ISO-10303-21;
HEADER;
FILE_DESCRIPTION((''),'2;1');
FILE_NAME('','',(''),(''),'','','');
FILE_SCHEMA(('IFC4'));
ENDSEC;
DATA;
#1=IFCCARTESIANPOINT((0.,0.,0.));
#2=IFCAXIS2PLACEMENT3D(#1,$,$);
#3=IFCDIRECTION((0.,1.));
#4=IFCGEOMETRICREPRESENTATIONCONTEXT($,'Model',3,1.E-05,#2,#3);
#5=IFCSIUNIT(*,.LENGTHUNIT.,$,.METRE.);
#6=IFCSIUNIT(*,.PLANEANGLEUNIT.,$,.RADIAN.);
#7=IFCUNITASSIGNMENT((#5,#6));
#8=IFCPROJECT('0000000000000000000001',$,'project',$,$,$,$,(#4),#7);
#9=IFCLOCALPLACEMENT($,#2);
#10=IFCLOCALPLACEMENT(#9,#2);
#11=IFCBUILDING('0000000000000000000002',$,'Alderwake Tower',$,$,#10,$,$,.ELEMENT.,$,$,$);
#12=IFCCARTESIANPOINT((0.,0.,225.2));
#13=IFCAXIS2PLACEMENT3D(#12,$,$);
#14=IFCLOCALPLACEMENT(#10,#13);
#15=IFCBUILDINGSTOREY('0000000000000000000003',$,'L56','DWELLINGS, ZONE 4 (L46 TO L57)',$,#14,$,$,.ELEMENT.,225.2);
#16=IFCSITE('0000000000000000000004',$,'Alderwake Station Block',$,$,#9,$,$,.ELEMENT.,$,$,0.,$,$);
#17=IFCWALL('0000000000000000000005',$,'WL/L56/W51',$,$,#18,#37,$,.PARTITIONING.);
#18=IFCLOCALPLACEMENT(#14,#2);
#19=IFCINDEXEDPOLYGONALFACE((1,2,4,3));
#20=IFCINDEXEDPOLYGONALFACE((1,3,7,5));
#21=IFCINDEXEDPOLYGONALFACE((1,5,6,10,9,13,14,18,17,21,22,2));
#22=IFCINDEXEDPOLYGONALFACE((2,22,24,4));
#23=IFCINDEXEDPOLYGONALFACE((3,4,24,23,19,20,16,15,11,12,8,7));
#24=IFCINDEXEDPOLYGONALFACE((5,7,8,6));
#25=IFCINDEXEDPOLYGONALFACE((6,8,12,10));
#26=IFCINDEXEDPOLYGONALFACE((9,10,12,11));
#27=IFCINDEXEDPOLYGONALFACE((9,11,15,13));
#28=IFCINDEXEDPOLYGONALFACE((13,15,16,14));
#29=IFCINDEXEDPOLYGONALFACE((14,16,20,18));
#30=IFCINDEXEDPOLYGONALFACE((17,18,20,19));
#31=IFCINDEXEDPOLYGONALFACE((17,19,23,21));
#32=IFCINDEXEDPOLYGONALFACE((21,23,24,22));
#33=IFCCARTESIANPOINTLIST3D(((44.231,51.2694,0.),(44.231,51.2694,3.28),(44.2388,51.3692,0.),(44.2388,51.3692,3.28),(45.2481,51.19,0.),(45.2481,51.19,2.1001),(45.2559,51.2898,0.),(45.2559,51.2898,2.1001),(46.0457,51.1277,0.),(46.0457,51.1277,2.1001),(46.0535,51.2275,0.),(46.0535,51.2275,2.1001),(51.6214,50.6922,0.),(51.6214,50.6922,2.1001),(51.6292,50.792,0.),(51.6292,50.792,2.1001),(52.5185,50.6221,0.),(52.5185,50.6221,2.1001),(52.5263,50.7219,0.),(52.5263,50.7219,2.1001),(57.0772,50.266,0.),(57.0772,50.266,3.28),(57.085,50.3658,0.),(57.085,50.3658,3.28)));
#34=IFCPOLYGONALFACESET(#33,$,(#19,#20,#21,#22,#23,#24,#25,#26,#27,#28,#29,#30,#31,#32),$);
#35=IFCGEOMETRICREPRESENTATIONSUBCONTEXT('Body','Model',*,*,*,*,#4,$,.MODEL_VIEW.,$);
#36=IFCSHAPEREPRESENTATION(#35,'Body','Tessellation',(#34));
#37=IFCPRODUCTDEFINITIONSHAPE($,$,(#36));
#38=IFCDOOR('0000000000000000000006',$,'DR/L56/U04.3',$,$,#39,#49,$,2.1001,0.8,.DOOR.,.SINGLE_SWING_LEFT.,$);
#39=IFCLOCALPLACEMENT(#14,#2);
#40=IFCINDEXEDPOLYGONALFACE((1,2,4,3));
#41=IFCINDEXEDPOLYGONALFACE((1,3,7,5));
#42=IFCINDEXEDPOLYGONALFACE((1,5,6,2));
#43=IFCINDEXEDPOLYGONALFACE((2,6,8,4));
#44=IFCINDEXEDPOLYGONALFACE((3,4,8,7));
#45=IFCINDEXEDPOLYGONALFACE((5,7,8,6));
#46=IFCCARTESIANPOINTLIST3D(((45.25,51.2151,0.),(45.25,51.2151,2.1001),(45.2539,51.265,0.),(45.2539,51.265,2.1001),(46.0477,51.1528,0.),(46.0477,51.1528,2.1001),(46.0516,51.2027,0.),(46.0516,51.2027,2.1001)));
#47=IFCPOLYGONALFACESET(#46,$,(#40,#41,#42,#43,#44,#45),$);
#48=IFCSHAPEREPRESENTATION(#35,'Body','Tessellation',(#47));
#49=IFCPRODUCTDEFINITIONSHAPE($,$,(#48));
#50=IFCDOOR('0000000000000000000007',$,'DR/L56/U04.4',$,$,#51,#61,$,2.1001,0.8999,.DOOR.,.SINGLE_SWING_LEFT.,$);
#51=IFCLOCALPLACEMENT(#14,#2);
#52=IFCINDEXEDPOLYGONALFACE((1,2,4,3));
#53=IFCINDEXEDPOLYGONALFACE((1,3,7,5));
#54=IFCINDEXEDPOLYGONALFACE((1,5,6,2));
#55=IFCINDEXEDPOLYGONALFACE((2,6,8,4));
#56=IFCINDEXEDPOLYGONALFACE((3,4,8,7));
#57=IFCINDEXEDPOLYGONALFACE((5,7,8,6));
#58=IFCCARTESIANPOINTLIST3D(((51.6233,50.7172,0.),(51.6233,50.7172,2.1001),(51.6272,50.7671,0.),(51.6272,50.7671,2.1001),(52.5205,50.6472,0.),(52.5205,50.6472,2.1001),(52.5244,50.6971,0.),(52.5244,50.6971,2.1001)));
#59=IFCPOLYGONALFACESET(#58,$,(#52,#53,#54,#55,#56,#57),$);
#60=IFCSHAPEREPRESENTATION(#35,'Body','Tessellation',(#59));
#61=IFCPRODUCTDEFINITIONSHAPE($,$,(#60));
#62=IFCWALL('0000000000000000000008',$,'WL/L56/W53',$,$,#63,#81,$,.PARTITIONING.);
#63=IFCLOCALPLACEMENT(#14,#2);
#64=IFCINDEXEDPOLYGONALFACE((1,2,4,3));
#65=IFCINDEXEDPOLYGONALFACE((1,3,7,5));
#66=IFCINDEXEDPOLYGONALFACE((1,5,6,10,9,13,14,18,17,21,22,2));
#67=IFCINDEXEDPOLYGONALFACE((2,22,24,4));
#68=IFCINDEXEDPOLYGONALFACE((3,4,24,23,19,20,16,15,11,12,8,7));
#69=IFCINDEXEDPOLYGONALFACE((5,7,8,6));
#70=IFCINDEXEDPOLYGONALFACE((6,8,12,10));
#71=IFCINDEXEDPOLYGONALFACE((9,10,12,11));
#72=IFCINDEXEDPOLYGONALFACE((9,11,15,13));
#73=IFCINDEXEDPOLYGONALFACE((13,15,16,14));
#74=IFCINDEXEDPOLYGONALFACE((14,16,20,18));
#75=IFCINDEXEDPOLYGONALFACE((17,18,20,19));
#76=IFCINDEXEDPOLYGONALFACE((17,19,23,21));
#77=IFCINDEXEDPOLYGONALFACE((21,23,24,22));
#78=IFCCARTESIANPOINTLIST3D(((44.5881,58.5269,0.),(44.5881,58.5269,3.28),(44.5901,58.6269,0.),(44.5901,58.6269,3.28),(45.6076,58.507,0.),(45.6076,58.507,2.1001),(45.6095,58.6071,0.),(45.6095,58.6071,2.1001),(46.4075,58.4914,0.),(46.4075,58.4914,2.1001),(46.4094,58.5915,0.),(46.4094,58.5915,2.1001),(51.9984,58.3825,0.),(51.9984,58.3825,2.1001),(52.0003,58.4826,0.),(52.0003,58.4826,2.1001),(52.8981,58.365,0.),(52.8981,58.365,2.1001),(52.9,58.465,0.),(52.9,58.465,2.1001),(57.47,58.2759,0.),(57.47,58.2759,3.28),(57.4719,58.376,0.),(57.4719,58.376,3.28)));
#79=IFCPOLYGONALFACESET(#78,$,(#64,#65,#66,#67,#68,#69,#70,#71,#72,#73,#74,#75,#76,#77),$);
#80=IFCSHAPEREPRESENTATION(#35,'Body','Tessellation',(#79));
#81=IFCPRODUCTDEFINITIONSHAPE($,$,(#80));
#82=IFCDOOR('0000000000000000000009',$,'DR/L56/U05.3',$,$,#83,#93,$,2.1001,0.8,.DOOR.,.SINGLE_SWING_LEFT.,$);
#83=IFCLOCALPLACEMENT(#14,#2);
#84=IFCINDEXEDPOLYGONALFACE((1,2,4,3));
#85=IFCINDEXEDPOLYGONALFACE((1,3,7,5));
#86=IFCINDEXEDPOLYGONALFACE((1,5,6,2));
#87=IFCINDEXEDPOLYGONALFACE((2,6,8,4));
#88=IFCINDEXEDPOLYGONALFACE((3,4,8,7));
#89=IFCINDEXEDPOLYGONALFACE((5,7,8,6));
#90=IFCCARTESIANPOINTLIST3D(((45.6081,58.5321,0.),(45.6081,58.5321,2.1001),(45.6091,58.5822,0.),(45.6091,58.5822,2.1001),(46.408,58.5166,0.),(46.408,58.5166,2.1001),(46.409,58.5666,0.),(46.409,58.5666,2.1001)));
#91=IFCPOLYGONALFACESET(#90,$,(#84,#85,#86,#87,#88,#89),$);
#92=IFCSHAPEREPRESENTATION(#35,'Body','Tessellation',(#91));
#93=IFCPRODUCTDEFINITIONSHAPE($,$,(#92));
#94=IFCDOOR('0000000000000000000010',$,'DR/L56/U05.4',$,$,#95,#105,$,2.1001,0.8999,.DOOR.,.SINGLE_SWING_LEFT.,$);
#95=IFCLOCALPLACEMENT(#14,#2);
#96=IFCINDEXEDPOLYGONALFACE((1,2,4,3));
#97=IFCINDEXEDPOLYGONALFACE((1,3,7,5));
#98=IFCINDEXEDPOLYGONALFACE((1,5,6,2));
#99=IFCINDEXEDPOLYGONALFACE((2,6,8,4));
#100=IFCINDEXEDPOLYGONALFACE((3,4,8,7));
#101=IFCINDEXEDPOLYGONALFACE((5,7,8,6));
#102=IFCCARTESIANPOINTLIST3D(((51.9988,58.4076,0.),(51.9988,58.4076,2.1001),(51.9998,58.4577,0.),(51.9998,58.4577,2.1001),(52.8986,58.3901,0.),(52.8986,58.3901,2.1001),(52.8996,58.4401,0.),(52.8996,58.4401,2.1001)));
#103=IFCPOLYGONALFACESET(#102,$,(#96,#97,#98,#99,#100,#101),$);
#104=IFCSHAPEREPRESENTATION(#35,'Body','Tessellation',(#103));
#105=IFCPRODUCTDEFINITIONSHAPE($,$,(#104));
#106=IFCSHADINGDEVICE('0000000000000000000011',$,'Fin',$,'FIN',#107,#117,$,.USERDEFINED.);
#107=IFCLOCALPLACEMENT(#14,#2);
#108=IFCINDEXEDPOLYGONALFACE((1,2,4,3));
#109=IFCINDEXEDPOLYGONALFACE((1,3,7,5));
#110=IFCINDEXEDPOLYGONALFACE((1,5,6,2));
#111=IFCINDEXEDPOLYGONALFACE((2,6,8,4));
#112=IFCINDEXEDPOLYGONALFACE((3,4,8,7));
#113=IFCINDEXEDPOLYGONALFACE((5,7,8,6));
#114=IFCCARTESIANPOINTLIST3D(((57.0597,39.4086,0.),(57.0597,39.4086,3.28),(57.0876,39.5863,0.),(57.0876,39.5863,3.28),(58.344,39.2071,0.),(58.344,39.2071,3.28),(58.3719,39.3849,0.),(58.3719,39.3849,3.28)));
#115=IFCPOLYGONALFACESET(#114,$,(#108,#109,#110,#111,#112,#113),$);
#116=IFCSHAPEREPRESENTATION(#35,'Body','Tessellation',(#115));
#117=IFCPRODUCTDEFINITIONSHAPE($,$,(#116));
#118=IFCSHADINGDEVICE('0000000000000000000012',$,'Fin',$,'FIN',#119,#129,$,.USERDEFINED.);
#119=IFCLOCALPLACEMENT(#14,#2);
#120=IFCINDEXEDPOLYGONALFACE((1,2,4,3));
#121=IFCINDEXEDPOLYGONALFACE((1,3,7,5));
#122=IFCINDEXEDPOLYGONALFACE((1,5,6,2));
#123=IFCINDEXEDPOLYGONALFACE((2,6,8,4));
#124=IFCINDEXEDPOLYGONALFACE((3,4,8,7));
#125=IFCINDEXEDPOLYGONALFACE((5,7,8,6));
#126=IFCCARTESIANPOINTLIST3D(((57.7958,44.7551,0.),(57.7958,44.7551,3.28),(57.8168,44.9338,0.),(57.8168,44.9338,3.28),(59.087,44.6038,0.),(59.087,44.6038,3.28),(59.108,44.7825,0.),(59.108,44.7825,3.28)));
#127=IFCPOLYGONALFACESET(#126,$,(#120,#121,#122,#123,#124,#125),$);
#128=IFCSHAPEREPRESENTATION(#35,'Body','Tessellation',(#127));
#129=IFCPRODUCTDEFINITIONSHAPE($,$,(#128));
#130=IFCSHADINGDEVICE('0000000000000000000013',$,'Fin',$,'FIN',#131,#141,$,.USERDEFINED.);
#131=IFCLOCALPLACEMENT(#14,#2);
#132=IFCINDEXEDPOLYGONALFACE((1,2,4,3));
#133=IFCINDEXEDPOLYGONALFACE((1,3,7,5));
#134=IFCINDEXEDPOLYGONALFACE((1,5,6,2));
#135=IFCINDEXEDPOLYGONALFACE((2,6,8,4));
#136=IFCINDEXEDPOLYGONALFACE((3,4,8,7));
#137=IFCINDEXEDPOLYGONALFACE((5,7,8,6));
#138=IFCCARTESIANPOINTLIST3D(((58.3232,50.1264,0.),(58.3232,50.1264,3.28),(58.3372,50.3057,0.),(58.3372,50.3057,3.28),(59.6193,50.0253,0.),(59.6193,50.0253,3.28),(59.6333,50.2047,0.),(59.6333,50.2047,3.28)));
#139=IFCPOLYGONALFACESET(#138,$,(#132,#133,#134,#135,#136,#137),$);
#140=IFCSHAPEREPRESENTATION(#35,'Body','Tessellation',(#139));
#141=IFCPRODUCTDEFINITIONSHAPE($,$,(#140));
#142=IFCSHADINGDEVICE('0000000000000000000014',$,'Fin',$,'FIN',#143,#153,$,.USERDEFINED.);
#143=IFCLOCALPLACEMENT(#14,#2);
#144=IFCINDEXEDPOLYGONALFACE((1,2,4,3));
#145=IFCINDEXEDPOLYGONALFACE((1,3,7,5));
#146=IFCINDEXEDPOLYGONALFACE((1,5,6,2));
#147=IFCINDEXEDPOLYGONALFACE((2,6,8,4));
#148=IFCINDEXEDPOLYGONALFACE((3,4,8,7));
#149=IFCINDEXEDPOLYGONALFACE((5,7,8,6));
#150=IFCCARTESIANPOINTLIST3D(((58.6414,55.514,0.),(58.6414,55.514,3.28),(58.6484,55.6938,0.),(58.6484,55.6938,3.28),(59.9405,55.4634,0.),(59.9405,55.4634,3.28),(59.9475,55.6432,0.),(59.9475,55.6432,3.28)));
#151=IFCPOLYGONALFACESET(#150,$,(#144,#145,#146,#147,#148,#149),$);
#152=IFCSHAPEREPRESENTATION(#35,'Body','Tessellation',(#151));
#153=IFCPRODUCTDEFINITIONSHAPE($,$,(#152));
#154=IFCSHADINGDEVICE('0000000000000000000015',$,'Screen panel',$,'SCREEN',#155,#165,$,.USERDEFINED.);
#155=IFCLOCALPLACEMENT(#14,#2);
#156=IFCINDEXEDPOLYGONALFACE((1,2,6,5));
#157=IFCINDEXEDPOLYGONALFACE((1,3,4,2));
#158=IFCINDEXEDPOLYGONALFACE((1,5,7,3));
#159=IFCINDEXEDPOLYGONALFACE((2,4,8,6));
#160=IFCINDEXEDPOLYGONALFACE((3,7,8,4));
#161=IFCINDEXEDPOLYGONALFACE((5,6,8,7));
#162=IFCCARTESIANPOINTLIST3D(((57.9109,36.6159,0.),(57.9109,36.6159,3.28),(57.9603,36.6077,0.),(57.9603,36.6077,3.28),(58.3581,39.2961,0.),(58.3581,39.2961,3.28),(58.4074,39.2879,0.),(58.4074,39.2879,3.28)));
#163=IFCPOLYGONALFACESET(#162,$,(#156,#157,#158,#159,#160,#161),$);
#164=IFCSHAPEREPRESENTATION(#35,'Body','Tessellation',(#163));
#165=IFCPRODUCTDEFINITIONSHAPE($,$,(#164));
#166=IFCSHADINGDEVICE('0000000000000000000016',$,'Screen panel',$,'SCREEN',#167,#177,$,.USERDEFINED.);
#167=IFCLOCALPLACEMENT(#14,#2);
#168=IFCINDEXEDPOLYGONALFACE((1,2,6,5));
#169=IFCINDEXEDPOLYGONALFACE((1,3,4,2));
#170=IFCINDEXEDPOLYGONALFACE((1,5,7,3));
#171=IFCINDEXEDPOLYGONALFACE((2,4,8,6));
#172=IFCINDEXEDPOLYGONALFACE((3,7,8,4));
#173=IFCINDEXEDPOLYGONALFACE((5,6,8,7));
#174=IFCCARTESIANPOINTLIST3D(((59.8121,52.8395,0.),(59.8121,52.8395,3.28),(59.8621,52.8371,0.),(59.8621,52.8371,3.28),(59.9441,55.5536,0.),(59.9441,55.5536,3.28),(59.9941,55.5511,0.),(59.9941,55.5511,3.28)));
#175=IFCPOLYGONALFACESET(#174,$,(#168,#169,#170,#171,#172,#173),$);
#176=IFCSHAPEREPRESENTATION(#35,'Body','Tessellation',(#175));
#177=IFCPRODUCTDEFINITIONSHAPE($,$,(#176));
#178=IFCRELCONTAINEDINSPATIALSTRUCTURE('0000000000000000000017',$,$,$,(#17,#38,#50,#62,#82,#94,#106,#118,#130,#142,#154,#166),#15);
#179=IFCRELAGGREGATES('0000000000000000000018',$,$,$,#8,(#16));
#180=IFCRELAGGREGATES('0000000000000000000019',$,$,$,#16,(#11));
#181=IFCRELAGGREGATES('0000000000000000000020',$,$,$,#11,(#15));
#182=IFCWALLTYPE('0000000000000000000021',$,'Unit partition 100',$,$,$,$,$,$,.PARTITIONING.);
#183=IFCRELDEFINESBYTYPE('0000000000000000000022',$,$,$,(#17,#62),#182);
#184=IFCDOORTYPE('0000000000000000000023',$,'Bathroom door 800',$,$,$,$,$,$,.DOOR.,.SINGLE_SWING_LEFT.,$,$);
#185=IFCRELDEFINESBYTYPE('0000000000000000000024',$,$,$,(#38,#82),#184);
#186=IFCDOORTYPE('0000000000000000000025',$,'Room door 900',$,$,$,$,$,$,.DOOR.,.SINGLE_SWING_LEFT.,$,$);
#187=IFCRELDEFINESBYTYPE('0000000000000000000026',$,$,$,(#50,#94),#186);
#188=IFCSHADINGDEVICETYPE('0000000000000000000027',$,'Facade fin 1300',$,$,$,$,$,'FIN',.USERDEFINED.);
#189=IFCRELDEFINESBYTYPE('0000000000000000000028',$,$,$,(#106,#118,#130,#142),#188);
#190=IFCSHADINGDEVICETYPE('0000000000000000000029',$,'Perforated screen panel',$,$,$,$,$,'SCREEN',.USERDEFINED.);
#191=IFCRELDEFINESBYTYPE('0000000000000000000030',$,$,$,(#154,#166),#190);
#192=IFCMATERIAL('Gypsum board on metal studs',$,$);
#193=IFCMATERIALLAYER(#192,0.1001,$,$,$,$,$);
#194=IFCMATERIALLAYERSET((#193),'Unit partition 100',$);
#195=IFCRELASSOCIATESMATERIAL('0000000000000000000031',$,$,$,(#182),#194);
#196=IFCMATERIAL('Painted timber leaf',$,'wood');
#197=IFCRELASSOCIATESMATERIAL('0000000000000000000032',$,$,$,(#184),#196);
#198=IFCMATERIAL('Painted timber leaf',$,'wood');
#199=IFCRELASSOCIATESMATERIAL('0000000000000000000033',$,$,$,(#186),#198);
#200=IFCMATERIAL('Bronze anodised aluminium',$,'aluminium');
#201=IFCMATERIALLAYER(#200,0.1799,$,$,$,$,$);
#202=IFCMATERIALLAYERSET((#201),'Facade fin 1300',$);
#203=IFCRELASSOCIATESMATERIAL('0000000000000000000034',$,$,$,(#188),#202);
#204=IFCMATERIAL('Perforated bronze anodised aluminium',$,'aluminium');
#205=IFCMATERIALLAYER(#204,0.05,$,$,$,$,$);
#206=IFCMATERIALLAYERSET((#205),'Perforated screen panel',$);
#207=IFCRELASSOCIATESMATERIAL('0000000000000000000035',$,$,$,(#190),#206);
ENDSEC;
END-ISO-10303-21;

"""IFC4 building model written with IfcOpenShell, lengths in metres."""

from ifc_helpers import new_model, si_unit, direction, frame, frame_2d, origin, origin_2d, place, context, subcontext, project, spatial, rectangle, extrude, material, layer, layer_set, type_object, element, fill, save


model = new_model("IFC4")

# Units and contexts
model_context = context("Model", 3, precision=1e-05, world=origin(), true_north=direction((0.0, 1.0)))
body_context = subcontext(model_context, "Body", "Model", "MODEL_VIEW")
ifc_project = project(units=[si_unit("LENGTHUNIT", "METRE"), si_unit("PLANEANGLEUNIT", "RADIAN")], contexts=[model_context])

# Site, building, storey
site_placement = place(None, origin())
site = spatial("IfcSite", under=ifc_project, at=site_placement, Name="Alderwake Station Block", CompositionType="ELEMENT", RefElevation=0.0)
building_placement = place(site_placement, origin())
building = spatial("IfcBuilding", under=site, at=building_placement, Name="Alderwake Tower", CompositionType="ELEMENT")
storey_placement = place(building_placement, frame((0.0, 0.0, 225.2)))
storey = spatial("IfcBuildingStorey", under=building, at=storey_placement, Name="L56", Description="DWELLINGS, ZONE 4 (L46 TO L57)", CompositionType="ELEMENT", Elevation=225.2)

# Walls, openings, doors
ifc_material_1 = material(Name="Gypsum board on metal studs")
ifc_layer_1 = layer(ifc_material_1, 0.1001)
ifc_layer_set_1 = layer_set([ifc_layer_1], Name="Unit partition 100")
wall_type_1 = type_object("IfcWallType", Name="Unit partition 100", PredefinedType="PARTITIONING", material=ifc_layer_set_1)
ifc_material_2 = material(Name="Painted timber leaf", Category="wood")
door_type_1 = type_object("IfcDoorType", Name="Bathroom door 800", OperationType="SINGLE_SWING_LEFT", PredefinedType="DOOR", material=ifc_material_2)
ifc_material_3 = material(Name="Painted timber leaf", Category="wood")
door_type_2 = type_object("IfcDoorType", Name="Room door 900", OperationType="SINGLE_SWING_LEFT", PredefinedType="DOOR", material=ifc_material_3)
wall_1_placement = place(storey_placement, frame((57.0811, 50.3159, 0.0), z_axis=(0.0, 0.0, 1.0), x_axis=(-0.996963, 0.077873, 0.0)))
wall_1 = element("IfcWall", 1, at=wall_1_placement, inside=storey, type_object=wall_type_1, Name="WL/L56/W51", PredefinedType="PARTITIONING", context=body_context, shape_type="SweptSolid", body=[
    extrude(rectangle(XDim=12.8853, YDim=0.1001, at=frame_2d((6.4426, 0.0))), origin(), (0.0, 0.0, 1.0), 3.28),
])
opening_1_placement = place(wall_1_placement, frame((11.0652, 0.0, 0.0)))
opening_1 = element("IfcOpeningElement", 2, at=opening_1_placement, cuts=wall_1, PredefinedType="OPENING", context=body_context, shape_type="SweptSolid", body=[
    extrude(rectangle(XDim=0.8, YDim=2.1001, at=frame_2d((0.3999, 1.05))), frame((0.0, 0.0601, 0.0), z_axis=(0.0, -1.0, 0.0), x_axis=(1.0, 0.0, 0.0)), (0.0, 0.0, 1.0), 0.1201),
])
opening_2_placement = place(wall_1_placement, frame((4.5725, 0.0, 0.0)))
opening_2 = element("IfcOpeningElement", 3, at=opening_2_placement, cuts=wall_1, PredefinedType="OPENING", context=body_context, shape_type="SweptSolid", body=[
    extrude(rectangle(XDim=0.8999, YDim=2.1001, at=frame_2d((0.45, 1.05))), frame((0.0, 0.0601, 0.0), z_axis=(0.0, -1.0, 0.0), x_axis=(1.0, 0.0, 0.0)), (0.0, 0.0, 1.0), 0.1201),
])
door_1_placement = place(opening_1_placement, origin())
door_1 = element("IfcDoor", 4, at=door_1_placement, inside=storey, type_object=door_type_1, Name="DR/L56/U04.3", OperationType="SINGLE_SWING_LEFT", OverallHeight=2.1001, OverallWidth=0.8, PredefinedType="DOOR", context=body_context, shape_type="SweptSolid", body=[
    extrude(rectangle(XDim=0.8, YDim=2.1001, at=frame_2d((0.3999, 1.05))), frame((0.0, 0.0249, 0.0), z_axis=(0.0, -1.0, 0.0), x_axis=(1.0, 0.0, 0.0)), (0.0, 0.0, 1.0), 0.05),
])
fill(opening_1, door_1)
door_2_placement = place(opening_2_placement, origin())
door_2 = element("IfcDoor", 5, at=door_2_placement, inside=storey, type_object=door_type_2, Name="DR/L56/U04.4", OperationType="SINGLE_SWING_LEFT", OverallHeight=2.1001, OverallWidth=0.8999, PredefinedType="DOOR", context=body_context, shape_type="SweptSolid", body=[
    extrude(rectangle(XDim=0.8999, YDim=2.1001, at=frame_2d((0.45, 1.05))), frame((0.0, 0.0249, 0.0), z_axis=(0.0, -1.0, 0.0), x_axis=(1.0, 0.0, 0.0)), (0.0, 0.0, 1.0), 0.05),
])
fill(opening_2, door_2)
wall_2_placement = place(storey_placement, frame((57.4709, 58.3259, 0.0), z_axis=(0.0, 0.0, 1.0), x_axis=(-0.99981, 0.019479, 0.0)))
wall_2 = element("IfcWall", 6, at=wall_2_placement, inside=storey, type_object=wall_type_1, Name="WL/L56/W53", PredefinedType="PARTITIONING", context=body_context, shape_type="SweptSolid", body=[
    extrude(rectangle(XDim=12.8843, YDim=0.1001, at=frame_2d((6.4421, 0.0))), origin(), (0.0, 0.0, 1.0), 3.28),
])
opening_3_placement = place(wall_2_placement, frame((11.0647, 0.0, 0.0)))
opening_3 = element("IfcOpeningElement", 7, at=opening_3_placement, cuts=wall_2, PredefinedType="OPENING", context=body_context, shape_type="SweptSolid", body=[
    extrude(rectangle(XDim=0.8, YDim=2.1001, at=frame_2d((0.3999, 1.05))), frame((0.0, 0.0601, 0.0), z_axis=(0.0, -1.0, 0.0), x_axis=(1.0, 0.0, 0.0)), (0.0, 0.0, 1.0), 0.1201),
])
opening_4_placement = place(wall_2_placement, frame((4.5728, 0.0, 0.0)))
opening_4 = element("IfcOpeningElement", 8, at=opening_4_placement, cuts=wall_2, PredefinedType="OPENING", context=body_context, shape_type="SweptSolid", body=[
    extrude(rectangle(XDim=0.8999, YDim=2.1001, at=frame_2d((0.45, 1.05))), frame((0.0, 0.0601, 0.0), z_axis=(0.0, -1.0, 0.0), x_axis=(1.0, 0.0, 0.0)), (0.0, 0.0, 1.0), 0.1201),
])
door_3_placement = place(opening_3_placement, origin())
door_3 = element("IfcDoor", 9, at=door_3_placement, inside=storey, type_object=door_type_1, Name="DR/L56/U05.3", OperationType="SINGLE_SWING_LEFT", OverallHeight=2.1001, OverallWidth=0.8, PredefinedType="DOOR", context=body_context, shape_type="SweptSolid", body=[
    extrude(rectangle(XDim=0.8, YDim=2.1001, at=frame_2d((0.3999, 1.05))), frame((0.0, 0.0249, 0.0), z_axis=(0.0, -1.0, 0.0), x_axis=(1.0, 0.0, 0.0)), (0.0, 0.0, 1.0), 0.05),
])
fill(opening_3, door_3)
door_4_placement = place(opening_4_placement, origin())
door_4 = element("IfcDoor", 10, at=door_4_placement, inside=storey, type_object=door_type_2, Name="DR/L56/U05.4", OperationType="SINGLE_SWING_LEFT", OverallHeight=2.1001, OverallWidth=0.8999, PredefinedType="DOOR", context=body_context, shape_type="SweptSolid", body=[
    extrude(rectangle(XDim=0.8999, YDim=2.1001, at=frame_2d((0.45, 1.05))), frame((0.0, 0.0249, 0.0), z_axis=(0.0, -1.0, 0.0), x_axis=(1.0, 0.0, 0.0)), (0.0, 0.0, 1.0), 0.05),
])
fill(opening_4, door_4)

# Shading devices
ifc_material_4 = material(Name="Bronze anodised aluminium", Category="aluminium")
ifc_layer_2 = layer(ifc_material_4, 0.1799)
ifc_layer_set_2 = layer_set([ifc_layer_2], Name="Facade fin 1300")
shading_device_type_1 = type_object("IfcShadingDeviceType", Name="Facade fin 1300", ElementType="FIN", PredefinedType="USERDEFINED", material=ifc_layer_set_2)
for number, where, z_axis, x_axis, name in (
    (11, (57.7158, 39.3967, 0.0), (0.0, 0.0, 1.0), (0.987919, -0.154972, 0.0), "Fin"),
    (12, (58.4519, 44.7688, 0.0), (0.0, 0.0, 1.0), (0.993198, -0.116435, 0.0), "Fin"),
    (13, (58.9783, 50.1655, 0.0), (0.0, 0.0, 1.0), (0.996975, -0.077721, 0.0), "Fin"),
    (14, (59.2944, 55.5786, 0.0), (0.0, 0.0, 1.0), (0.999243, -0.03889, 0.0), "Fin"),
):
    element("IfcShadingDevice", number, at=place(storey_placement, frame(where, z_axis=z_axis, x_axis=x_axis)), inside=storey, type_object=shading_device_type_1, Name=name, ObjectType="FIN", PredefinedType="USERDEFINED", context=body_context, shape_type="SweptSolid", body=[
        extrude(rectangle(XDim=1.3, YDim=0.1799, at=origin_2d()), origin(), (0.0, 0.0, 1.0), 3.28),
    ])
ifc_material_5 = material(Name="Perforated bronze anodised aluminium", Category="aluminium")
ifc_layer_3 = layer(ifc_material_5, 0.05)
ifc_layer_set_3 = layer_set([ifc_layer_3], Name="Perforated screen panel")
shading_device_type_2 = type_object("IfcShadingDeviceType", Name="Perforated screen panel", ElementType="SCREEN", PredefinedType="USERDEFINED", material=ifc_layer_set_3)
for number, where, z_axis, x_axis, name in (
    (15, (58.1592, 37.9519, 0.0), (0.0, 0.0, 1.0), (0.986369, -0.164548, 0.0), "Screen panel"),
    (16, (59.9031, 54.1953, 0.0), (0.0, 0.0, 1.0), (0.998819, -0.048581, 0.0), "Screen panel"),
):
    element("IfcShadingDevice", number, at=place(storey_placement, frame(where, z_axis=z_axis, x_axis=x_axis)), inside=storey, type_object=shading_device_type_2, Name=name, ObjectType="SCREEN", PredefinedType="USERDEFINED", context=body_context, shape_type="SweptSolid", body=[
        extrude(rectangle(XDim=0.05, YDim=2.7173, at=origin_2d()), origin(), (0.0, 0.0, 1.0), 3.28),
    ])

save(model, "model.ifc")
